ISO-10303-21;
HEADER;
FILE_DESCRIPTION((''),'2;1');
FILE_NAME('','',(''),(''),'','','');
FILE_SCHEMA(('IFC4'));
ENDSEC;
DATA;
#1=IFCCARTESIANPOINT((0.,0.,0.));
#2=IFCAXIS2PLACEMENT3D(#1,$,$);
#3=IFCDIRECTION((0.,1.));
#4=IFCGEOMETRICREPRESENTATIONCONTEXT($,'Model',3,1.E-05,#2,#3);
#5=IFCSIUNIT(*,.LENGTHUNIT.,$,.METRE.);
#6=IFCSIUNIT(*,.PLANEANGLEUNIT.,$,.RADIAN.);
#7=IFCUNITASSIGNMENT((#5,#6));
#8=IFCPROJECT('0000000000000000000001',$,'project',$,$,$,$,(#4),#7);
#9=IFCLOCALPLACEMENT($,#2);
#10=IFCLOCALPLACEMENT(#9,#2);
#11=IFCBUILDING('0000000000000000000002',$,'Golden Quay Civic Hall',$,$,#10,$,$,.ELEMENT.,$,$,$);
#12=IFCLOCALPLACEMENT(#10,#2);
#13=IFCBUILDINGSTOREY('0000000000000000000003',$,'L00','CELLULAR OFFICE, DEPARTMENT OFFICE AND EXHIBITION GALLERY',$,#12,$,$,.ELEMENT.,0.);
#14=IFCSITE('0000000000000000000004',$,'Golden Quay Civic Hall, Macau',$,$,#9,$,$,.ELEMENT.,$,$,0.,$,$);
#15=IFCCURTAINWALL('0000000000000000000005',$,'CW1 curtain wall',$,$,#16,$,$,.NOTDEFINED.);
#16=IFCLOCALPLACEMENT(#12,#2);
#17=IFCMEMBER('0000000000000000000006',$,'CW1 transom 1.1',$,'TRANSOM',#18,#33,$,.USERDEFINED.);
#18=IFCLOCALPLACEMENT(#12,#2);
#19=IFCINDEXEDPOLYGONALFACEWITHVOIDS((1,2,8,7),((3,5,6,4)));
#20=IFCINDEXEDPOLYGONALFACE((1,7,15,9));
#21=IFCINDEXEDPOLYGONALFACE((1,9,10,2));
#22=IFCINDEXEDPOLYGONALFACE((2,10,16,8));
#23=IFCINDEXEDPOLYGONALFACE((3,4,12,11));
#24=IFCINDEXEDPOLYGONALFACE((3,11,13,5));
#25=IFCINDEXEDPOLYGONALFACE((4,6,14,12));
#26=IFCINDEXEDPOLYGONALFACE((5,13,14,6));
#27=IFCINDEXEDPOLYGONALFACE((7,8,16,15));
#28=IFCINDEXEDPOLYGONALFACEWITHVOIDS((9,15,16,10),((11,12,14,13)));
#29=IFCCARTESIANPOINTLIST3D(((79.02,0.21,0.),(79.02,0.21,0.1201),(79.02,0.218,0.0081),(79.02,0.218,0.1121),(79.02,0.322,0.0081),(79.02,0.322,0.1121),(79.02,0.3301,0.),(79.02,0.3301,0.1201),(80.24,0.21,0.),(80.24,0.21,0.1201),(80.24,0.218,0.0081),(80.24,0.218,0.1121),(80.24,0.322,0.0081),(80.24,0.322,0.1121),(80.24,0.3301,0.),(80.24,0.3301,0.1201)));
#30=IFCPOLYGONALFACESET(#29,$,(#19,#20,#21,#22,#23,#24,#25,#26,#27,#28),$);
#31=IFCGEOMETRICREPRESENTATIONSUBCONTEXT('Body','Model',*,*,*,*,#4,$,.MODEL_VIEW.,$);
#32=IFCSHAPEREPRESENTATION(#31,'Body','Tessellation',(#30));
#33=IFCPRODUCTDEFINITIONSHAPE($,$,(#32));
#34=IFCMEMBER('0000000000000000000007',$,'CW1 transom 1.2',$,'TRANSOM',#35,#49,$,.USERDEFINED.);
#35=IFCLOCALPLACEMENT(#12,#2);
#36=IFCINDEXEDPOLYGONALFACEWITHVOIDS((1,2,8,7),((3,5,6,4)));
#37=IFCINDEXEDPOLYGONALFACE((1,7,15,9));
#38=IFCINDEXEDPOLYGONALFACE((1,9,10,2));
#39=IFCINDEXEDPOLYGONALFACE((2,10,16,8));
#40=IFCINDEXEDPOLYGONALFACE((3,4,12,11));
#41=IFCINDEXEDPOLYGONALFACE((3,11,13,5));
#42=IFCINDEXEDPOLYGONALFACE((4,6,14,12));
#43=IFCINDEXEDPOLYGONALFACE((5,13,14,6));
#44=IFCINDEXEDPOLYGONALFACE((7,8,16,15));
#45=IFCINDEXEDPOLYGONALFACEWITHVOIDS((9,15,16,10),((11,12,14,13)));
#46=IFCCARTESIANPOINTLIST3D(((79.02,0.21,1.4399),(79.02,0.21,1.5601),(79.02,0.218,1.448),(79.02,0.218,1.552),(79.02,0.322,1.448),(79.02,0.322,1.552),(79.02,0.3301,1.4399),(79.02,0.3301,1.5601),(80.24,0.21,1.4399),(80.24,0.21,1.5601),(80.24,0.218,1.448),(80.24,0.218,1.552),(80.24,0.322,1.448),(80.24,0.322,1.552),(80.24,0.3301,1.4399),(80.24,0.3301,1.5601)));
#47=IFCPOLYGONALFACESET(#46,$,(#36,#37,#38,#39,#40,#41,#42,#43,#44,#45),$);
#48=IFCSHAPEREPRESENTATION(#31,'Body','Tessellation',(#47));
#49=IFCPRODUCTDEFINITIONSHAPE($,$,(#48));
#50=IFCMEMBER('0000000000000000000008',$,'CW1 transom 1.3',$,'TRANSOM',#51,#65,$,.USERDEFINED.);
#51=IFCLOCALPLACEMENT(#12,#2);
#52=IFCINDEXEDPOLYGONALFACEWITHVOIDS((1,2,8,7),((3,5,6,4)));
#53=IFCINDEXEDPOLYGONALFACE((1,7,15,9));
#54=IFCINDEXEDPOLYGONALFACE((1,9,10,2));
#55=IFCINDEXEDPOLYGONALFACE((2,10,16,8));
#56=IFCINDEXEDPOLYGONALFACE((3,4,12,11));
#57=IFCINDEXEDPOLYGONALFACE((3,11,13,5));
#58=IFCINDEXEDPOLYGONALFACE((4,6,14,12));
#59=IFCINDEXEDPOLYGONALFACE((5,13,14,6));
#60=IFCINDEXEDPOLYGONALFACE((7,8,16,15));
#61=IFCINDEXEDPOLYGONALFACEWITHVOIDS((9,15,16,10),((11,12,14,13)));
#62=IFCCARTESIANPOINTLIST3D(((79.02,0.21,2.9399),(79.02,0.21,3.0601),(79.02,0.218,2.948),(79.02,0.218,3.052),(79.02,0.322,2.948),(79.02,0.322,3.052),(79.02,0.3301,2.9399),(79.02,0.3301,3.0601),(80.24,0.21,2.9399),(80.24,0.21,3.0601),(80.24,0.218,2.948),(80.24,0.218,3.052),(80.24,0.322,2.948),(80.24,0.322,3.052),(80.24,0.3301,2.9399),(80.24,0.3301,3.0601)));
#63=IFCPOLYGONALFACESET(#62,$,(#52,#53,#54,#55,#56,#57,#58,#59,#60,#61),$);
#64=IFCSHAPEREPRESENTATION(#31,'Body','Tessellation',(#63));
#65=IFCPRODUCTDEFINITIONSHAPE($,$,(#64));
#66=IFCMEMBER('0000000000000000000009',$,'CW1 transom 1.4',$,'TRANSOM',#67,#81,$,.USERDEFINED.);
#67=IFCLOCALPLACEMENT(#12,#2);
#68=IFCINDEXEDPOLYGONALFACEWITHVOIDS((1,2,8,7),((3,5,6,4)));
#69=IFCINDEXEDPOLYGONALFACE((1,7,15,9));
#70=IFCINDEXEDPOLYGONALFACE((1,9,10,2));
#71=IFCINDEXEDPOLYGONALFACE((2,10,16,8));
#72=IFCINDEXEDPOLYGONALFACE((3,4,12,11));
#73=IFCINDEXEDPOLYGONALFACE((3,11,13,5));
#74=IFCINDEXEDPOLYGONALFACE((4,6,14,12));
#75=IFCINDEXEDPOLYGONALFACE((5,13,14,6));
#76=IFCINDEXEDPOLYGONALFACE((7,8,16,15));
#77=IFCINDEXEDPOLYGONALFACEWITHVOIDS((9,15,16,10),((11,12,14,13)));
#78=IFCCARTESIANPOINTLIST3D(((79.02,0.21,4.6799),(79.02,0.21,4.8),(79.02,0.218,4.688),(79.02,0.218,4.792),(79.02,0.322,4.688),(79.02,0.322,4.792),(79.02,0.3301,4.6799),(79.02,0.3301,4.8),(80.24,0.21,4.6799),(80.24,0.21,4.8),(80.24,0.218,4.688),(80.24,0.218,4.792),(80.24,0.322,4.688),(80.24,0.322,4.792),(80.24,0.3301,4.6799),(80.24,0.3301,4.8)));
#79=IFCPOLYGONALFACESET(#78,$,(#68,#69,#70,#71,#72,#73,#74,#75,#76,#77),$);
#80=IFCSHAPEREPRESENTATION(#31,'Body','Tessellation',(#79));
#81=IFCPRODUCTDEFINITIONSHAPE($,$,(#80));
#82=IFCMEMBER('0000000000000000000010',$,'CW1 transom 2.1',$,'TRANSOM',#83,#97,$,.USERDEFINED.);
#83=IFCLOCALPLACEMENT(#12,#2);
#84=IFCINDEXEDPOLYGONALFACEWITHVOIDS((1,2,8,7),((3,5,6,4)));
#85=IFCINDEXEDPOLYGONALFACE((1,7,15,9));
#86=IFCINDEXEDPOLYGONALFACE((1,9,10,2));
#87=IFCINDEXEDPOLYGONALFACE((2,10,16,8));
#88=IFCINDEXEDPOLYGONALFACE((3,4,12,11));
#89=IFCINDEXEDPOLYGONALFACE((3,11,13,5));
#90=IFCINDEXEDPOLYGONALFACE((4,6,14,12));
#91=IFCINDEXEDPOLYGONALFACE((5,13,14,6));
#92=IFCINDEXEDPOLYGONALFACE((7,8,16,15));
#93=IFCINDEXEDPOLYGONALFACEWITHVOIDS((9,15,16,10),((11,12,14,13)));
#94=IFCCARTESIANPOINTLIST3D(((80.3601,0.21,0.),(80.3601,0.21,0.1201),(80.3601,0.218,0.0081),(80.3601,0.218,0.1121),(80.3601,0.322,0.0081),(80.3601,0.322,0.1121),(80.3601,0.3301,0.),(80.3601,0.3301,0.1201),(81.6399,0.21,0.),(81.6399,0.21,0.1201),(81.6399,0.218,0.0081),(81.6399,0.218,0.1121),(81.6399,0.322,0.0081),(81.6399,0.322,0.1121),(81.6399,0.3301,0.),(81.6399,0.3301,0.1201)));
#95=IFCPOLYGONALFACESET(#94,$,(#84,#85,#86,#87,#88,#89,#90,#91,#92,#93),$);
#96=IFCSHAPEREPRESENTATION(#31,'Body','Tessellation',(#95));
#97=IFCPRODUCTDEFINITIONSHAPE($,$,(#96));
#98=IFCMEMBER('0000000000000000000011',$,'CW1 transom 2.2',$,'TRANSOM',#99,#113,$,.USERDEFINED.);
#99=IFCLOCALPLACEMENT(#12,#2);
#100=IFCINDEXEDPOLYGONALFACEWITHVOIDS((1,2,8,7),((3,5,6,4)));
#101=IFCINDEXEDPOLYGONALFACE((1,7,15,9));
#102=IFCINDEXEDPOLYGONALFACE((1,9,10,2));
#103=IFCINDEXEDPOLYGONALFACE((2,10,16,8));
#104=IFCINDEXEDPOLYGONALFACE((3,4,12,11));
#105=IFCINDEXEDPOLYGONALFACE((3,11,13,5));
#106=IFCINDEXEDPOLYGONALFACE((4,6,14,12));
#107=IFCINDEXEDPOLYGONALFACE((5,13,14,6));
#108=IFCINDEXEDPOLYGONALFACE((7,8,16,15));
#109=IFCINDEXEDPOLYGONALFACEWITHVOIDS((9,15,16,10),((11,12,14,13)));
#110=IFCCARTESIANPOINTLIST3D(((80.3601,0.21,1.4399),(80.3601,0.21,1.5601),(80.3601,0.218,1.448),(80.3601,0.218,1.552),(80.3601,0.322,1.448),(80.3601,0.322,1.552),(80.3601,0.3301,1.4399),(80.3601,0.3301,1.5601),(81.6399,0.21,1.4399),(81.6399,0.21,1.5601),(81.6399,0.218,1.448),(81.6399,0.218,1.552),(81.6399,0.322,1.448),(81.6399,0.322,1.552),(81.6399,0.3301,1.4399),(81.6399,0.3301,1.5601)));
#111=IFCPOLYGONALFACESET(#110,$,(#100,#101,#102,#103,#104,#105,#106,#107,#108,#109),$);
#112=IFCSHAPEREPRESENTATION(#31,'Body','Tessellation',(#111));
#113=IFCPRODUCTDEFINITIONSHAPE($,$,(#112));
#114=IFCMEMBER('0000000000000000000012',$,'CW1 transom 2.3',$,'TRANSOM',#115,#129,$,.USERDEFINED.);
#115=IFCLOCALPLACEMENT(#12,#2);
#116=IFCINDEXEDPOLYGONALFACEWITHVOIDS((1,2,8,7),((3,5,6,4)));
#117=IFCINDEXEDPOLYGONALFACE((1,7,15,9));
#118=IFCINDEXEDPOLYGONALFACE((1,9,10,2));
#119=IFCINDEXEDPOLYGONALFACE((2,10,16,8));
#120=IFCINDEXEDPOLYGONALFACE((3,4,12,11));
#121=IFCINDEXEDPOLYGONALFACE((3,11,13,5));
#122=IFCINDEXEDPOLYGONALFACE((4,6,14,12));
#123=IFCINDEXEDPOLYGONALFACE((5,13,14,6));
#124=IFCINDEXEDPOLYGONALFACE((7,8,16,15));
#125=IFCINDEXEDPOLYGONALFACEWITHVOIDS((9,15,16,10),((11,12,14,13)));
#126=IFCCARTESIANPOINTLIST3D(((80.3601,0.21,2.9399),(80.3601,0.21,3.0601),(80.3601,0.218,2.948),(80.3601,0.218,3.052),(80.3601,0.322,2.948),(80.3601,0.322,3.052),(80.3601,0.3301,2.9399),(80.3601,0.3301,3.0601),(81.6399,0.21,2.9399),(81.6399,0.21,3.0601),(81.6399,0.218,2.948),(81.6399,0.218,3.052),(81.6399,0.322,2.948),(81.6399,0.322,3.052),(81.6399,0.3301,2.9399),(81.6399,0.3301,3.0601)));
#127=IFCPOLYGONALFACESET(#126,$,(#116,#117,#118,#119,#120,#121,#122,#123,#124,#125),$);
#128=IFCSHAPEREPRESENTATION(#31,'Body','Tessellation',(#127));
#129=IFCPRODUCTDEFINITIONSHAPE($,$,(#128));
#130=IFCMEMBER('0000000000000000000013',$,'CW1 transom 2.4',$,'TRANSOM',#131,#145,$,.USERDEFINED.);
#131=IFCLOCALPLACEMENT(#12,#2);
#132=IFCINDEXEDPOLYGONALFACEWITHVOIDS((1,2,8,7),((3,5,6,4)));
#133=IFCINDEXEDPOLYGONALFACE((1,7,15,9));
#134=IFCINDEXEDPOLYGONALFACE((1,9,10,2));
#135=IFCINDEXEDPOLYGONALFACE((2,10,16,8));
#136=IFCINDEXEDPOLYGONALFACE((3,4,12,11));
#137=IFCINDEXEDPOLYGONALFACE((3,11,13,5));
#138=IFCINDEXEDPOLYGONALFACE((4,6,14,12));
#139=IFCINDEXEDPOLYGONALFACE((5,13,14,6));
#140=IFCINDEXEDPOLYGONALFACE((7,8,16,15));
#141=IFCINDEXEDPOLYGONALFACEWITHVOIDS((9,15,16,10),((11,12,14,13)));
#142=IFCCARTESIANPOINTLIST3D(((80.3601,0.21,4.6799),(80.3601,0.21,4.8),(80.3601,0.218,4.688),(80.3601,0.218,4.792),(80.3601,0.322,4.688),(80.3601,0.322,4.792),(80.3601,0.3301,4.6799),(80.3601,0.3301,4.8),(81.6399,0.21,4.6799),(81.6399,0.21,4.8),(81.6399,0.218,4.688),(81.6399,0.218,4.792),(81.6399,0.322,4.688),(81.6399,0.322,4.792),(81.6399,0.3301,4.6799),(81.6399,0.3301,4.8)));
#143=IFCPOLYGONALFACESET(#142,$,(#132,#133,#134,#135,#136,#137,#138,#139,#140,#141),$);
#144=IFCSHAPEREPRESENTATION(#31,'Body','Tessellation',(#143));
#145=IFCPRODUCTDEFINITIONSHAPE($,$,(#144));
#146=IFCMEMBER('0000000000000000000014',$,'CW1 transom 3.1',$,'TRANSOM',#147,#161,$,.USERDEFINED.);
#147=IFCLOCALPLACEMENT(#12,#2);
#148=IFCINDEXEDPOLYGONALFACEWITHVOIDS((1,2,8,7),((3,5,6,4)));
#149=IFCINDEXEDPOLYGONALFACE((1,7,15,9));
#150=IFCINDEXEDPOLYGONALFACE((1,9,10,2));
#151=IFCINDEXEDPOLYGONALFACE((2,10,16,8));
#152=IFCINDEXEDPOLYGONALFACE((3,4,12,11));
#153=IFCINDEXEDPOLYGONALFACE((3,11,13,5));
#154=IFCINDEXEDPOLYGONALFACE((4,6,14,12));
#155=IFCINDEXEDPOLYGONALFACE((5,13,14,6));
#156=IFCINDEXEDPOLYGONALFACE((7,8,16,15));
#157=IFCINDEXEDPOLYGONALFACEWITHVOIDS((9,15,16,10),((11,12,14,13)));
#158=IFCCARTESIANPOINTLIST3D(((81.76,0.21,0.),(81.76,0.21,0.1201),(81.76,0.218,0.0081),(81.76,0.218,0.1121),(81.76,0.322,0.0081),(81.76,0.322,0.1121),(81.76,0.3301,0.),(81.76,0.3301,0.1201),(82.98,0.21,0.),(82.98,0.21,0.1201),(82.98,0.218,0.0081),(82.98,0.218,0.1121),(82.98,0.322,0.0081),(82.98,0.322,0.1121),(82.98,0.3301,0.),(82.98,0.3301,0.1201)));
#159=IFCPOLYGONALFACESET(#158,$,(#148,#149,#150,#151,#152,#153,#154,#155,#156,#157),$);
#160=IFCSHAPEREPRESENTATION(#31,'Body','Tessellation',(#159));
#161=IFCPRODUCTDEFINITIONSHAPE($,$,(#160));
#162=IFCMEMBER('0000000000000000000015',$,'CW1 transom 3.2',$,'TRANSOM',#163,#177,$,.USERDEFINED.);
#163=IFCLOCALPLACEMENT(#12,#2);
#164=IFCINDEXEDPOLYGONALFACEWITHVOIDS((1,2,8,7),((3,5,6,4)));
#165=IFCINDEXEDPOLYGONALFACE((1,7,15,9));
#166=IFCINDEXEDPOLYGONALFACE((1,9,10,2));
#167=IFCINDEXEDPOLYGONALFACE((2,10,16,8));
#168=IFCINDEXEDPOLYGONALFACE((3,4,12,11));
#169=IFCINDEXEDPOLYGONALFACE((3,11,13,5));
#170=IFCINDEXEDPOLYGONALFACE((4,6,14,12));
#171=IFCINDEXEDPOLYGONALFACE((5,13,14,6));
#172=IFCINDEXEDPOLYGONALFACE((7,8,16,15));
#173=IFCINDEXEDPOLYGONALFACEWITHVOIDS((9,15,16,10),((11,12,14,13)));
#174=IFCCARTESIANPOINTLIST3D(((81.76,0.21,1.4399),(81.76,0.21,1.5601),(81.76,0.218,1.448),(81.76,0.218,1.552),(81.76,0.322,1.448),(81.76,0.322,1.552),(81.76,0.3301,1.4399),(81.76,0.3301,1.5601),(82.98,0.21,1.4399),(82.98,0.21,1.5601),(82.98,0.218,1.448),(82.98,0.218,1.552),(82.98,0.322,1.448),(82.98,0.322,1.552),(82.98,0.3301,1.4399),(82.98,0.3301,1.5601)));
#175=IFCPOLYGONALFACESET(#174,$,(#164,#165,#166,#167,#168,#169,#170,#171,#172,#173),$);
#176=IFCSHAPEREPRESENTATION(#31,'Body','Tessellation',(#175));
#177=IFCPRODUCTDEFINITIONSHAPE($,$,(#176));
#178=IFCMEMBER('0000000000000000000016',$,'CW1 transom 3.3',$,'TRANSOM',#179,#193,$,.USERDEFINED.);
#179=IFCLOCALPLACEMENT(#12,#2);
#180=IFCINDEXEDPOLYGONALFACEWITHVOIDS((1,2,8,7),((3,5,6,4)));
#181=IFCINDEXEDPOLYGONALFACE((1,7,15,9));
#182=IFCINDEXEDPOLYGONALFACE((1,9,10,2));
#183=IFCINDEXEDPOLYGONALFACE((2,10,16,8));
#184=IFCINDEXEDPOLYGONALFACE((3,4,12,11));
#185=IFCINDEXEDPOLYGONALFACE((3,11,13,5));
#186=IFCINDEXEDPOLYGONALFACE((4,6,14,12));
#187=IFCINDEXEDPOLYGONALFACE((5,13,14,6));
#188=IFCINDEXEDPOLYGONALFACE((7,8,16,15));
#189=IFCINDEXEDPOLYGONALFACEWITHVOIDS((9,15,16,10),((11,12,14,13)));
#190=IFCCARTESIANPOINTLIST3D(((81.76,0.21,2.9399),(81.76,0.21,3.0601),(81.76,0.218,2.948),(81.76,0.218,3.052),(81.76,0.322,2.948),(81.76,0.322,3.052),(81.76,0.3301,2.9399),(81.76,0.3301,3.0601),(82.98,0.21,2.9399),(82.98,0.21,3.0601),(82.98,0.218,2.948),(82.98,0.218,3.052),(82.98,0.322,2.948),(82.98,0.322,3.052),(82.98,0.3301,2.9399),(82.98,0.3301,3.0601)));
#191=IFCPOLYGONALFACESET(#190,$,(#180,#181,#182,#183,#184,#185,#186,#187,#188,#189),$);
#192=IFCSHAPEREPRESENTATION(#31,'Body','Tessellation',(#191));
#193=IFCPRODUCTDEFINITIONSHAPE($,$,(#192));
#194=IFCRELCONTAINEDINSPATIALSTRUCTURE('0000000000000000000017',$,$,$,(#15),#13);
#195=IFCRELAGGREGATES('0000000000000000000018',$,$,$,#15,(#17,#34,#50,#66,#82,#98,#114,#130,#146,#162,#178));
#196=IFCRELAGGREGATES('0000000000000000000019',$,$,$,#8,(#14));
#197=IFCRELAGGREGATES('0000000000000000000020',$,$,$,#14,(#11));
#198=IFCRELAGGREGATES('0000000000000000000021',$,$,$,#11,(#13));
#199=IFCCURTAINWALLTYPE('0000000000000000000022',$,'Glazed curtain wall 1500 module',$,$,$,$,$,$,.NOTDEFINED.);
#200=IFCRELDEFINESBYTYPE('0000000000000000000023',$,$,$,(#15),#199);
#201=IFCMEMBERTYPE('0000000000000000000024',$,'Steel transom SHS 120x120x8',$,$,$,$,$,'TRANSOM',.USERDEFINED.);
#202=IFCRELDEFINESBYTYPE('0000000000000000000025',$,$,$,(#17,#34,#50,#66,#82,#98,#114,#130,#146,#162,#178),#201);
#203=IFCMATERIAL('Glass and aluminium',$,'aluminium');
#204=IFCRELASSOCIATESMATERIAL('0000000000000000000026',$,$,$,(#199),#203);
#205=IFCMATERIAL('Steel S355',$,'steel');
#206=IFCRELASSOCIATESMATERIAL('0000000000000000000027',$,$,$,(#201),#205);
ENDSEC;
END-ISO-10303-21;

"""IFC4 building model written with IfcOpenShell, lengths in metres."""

from ifc_helpers import new_model, si_unit, direction, frame, origin, origin_2d, place, context, subcontext, project, spatial, hollow_rectangle, extrude, material, material_profile, profile_set, type_object, element, aggregate, save


model = new_model("IFC4")

# Units and contexts
model_context = context("Model", 3, precision=1e-05, world=origin(), true_north=direction((0.0, 1.0)))
body_context = subcontext(model_context, "Body", "Model", "MODEL_VIEW")
ifc_project = project(units=[si_unit("LENGTHUNIT", "METRE"), si_unit("PLANEANGLEUNIT", "RADIAN")], contexts=[model_context])

# Site, building, storey
site_placement = place(None, origin())
site = spatial("IfcSite", under=ifc_project, at=site_placement, Name="Golden Quay Civic Hall, Macau", CompositionType="ELEMENT", RefElevation=0.0)
building_placement = place(site_placement, origin())
building = spatial("IfcBuilding", under=site, at=building_placement, Name="Golden Quay Civic Hall", CompositionType="ELEMENT")
storey_placement = place(building_placement, origin())
storey = spatial("IfcBuildingStorey", under=building, at=storey_placement, Name="L00", Description="CELLULAR OFFICE, DEPARTMENT OFFICE AND EXHIBITION GALLERY", CompositionType="ELEMENT", Elevation=0.0)

# Curtain wall, members
ifc_material_1 = material(Name="Glass and aluminium", Category="aluminium")
curtain_wall_type = type_object("IfcCurtainWallType", Name="Glazed curtain wall 1500 module", PredefinedType="NOTDEFINED", material=ifc_material_1)
curtain_wall_placement = place(storey_placement, origin())
curtain_wall = element("IfcCurtainWall", 1, at=curtain_wall_placement, inside=storey, type_object=curtain_wall_type, Name="CW1 curtain wall", PredefinedType="NOTDEFINED")
ifc_material_2 = material(Name="Steel S355", Category="steel")
ifc_material_profile_1 = material_profile(ifc_material_2, hollow_rectangle(XDim=0.1201, YDim=0.1201, WallThickness=0.0081, at=origin_2d()), Name="SHS 120x120x8")
ifc_profile_set_1 = profile_set([ifc_material_profile_1], Name="Steel S355")
member_type_1 = type_object("IfcMemberType", Name="Steel transom SHS 120x120x8", ElementType="TRANSOM", PredefinedType="USERDEFINED", material=ifc_profile_set_1)
member_1_placement = place(storey_placement, frame((79.02, 0.27, 0.0601), z_axis=(1.0, 0.0, 0.0), x_axis=(0.0, 1.0, 0.0)))
member_1 = element("IfcMember", 2, at=member_1_placement, type_object=member_type_1, Name="CW1 transom 1.1", ObjectType="TRANSOM", PredefinedType="USERDEFINED", context=body_context, shape_type="SweptSolid", body=[
    extrude(hollow_rectangle(XDim=0.1201, YDim=0.1201, WallThickness=0.0081, at=origin_2d()), origin(), (0.0, 0.0, 1.0), 1.22),
])
member_2_placement = place(storey_placement, frame((79.02, 0.27, 1.5), z_axis=(1.0, 0.0, 0.0), x_axis=(0.0, 1.0, 0.0)))
member_2 = element("IfcMember", 3, at=member_2_placement, type_object=member_type_1, Name="CW1 transom 1.2", ObjectType="TRANSOM", PredefinedType="USERDEFINED", context=body_context, shape_type="SweptSolid", body=[
    extrude(hollow_rectangle(XDim=0.1201, YDim=0.1201, WallThickness=0.0081, at=origin_2d()), origin(), (0.0, 0.0, 1.0), 1.22),
])
member_3_placement = place(storey_placement, frame((79.02, 0.27, 3.0), z_axis=(1.0, 0.0, 0.0), x_axis=(0.0, 1.0, 0.0)))
member_3 = element("IfcMember", 4, at=member_3_placement, type_object=member_type_1, Name="CW1 transom 1.3", ObjectType="TRANSOM", PredefinedType="USERDEFINED", context=body_context, shape_type="SweptSolid", body=[
    extrude(hollow_rectangle(XDim=0.1201, YDim=0.1201, WallThickness=0.0081, at=origin_2d()), origin(), (0.0, 0.0, 1.0), 1.22),
])
member_4_placement = place(storey_placement, frame((79.02, 0.27, 4.74), z_axis=(1.0, 0.0, 0.0), x_axis=(0.0, 1.0, 0.0)))
member_4 = element("IfcMember", 5, at=member_4_placement, type_object=member_type_1, Name="CW1 transom 1.4", ObjectType="TRANSOM", PredefinedType="USERDEFINED", context=body_context, shape_type="SweptSolid", body=[
    extrude(hollow_rectangle(XDim=0.1201, YDim=0.1201, WallThickness=0.0081, at=origin_2d()), origin(), (0.0, 0.0, 1.0), 1.22),
])
member_5_placement = place(storey_placement, frame((80.3601, 0.27, 0.0601), z_axis=(1.0, 0.0, 0.0), x_axis=(0.0, 1.0, 0.0)))
member_5 = element("IfcMember", 6, at=member_5_placement, type_object=member_type_1, Name="CW1 transom 2.1", ObjectType="TRANSOM", PredefinedType="USERDEFINED", context=body_context, shape_type="SweptSolid", body=[
    extrude(hollow_rectangle(XDim=0.1201, YDim=0.1201, WallThickness=0.0081, at=origin_2d()), origin(), (0.0, 0.0, 1.0), 1.2798),
])
member_6_placement = place(storey_placement, frame((80.3601, 0.27, 1.5), z_axis=(1.0, 0.0, 0.0), x_axis=(0.0, 1.0, 0.0)))
member_6 = element("IfcMember", 7, at=member_6_placement, type_object=member_type_1, Name="CW1 transom 2.2", ObjectType="TRANSOM", PredefinedType="USERDEFINED", context=body_context, shape_type="SweptSolid", body=[
    extrude(hollow_rectangle(XDim=0.1201, YDim=0.1201, WallThickness=0.0081, at=origin_2d()), origin(), (0.0, 0.0, 1.0), 1.2798),
])
member_7_placement = place(storey_placement, frame((80.3601, 0.27, 3.0), z_axis=(1.0, 0.0, 0.0), x_axis=(0.0, 1.0, 0.0)))
member_7 = element("IfcMember", 8, at=member_7_placement, type_object=member_type_1, Name="CW1 transom 2.3", ObjectType="TRANSOM", PredefinedType="USERDEFINED", context=body_context, shape_type="SweptSolid", body=[
    extrude(hollow_rectangle(XDim=0.1201, YDim=0.1201, WallThickness=0.0081, at=origin_2d()), origin(), (0.0, 0.0, 1.0), 1.2798),
])
member_8_placement = place(storey_placement, frame((80.3601, 0.27, 4.74), z_axis=(1.0, 0.0, 0.0), x_axis=(0.0, 1.0, 0.0)))
member_8 = element("IfcMember", 9, at=member_8_placement, type_object=member_type_1, Name="CW1 transom 2.4", ObjectType="TRANSOM", PredefinedType="USERDEFINED", context=body_context, shape_type="SweptSolid", body=[
    extrude(hollow_rectangle(XDim=0.1201, YDim=0.1201, WallThickness=0.0081, at=origin_2d()), origin(), (0.0, 0.0, 1.0), 1.2798),
])
member_9_placement = place(storey_placement, frame((81.76, 0.27, 0.0601), z_axis=(1.0, 0.0, 0.0), x_axis=(0.0, 1.0, 0.0)))
member_9 = element("IfcMember", 10, at=member_9_placement, type_object=member_type_1, Name="CW1 transom 3.1", ObjectType="TRANSOM", PredefinedType="USERDEFINED", context=body_context, shape_type="SweptSolid", body=[
    extrude(hollow_rectangle(XDim=0.1201, YDim=0.1201, WallThickness=0.0081, at=origin_2d()), origin(), (0.0, 0.0, 1.0), 1.22),
])
member_10_placement = place(storey_placement, frame((81.76, 0.27, 1.5), z_axis=(1.0, 0.0, 0.0), x_axis=(0.0, 1.0, 0.0)))
member_10 = element("IfcMember", 11, at=member_10_placement, type_object=member_type_1, Name="CW1 transom 3.2", ObjectType="TRANSOM", PredefinedType="USERDEFINED", context=body_context, shape_type="SweptSolid", body=[
    extrude(hollow_rectangle(XDim=0.1201, YDim=0.1201, WallThickness=0.0081, at=origin_2d()), origin(), (0.0, 0.0, 1.0), 1.22),
])
member_11_placement = place(storey_placement, frame((81.76, 0.27, 3.0), z_axis=(1.0, 0.0, 0.0), x_axis=(0.0, 1.0, 0.0)))
member_11 = element("IfcMember", 12, at=member_11_placement, type_object=member_type_1, Name="CW1 transom 3.3", ObjectType="TRANSOM", PredefinedType="USERDEFINED", context=body_context, shape_type="SweptSolid", body=[
    extrude(hollow_rectangle(XDim=0.1201, YDim=0.1201, WallThickness=0.0081, at=origin_2d()), origin(), (0.0, 0.0, 1.0), 1.22),
])
aggregate(curtain_wall, [member_1, member_2, member_3, member_4, member_5, member_6, member_7, member_8, member_9, member_10, member_11])

save(model, "model.ifc")
